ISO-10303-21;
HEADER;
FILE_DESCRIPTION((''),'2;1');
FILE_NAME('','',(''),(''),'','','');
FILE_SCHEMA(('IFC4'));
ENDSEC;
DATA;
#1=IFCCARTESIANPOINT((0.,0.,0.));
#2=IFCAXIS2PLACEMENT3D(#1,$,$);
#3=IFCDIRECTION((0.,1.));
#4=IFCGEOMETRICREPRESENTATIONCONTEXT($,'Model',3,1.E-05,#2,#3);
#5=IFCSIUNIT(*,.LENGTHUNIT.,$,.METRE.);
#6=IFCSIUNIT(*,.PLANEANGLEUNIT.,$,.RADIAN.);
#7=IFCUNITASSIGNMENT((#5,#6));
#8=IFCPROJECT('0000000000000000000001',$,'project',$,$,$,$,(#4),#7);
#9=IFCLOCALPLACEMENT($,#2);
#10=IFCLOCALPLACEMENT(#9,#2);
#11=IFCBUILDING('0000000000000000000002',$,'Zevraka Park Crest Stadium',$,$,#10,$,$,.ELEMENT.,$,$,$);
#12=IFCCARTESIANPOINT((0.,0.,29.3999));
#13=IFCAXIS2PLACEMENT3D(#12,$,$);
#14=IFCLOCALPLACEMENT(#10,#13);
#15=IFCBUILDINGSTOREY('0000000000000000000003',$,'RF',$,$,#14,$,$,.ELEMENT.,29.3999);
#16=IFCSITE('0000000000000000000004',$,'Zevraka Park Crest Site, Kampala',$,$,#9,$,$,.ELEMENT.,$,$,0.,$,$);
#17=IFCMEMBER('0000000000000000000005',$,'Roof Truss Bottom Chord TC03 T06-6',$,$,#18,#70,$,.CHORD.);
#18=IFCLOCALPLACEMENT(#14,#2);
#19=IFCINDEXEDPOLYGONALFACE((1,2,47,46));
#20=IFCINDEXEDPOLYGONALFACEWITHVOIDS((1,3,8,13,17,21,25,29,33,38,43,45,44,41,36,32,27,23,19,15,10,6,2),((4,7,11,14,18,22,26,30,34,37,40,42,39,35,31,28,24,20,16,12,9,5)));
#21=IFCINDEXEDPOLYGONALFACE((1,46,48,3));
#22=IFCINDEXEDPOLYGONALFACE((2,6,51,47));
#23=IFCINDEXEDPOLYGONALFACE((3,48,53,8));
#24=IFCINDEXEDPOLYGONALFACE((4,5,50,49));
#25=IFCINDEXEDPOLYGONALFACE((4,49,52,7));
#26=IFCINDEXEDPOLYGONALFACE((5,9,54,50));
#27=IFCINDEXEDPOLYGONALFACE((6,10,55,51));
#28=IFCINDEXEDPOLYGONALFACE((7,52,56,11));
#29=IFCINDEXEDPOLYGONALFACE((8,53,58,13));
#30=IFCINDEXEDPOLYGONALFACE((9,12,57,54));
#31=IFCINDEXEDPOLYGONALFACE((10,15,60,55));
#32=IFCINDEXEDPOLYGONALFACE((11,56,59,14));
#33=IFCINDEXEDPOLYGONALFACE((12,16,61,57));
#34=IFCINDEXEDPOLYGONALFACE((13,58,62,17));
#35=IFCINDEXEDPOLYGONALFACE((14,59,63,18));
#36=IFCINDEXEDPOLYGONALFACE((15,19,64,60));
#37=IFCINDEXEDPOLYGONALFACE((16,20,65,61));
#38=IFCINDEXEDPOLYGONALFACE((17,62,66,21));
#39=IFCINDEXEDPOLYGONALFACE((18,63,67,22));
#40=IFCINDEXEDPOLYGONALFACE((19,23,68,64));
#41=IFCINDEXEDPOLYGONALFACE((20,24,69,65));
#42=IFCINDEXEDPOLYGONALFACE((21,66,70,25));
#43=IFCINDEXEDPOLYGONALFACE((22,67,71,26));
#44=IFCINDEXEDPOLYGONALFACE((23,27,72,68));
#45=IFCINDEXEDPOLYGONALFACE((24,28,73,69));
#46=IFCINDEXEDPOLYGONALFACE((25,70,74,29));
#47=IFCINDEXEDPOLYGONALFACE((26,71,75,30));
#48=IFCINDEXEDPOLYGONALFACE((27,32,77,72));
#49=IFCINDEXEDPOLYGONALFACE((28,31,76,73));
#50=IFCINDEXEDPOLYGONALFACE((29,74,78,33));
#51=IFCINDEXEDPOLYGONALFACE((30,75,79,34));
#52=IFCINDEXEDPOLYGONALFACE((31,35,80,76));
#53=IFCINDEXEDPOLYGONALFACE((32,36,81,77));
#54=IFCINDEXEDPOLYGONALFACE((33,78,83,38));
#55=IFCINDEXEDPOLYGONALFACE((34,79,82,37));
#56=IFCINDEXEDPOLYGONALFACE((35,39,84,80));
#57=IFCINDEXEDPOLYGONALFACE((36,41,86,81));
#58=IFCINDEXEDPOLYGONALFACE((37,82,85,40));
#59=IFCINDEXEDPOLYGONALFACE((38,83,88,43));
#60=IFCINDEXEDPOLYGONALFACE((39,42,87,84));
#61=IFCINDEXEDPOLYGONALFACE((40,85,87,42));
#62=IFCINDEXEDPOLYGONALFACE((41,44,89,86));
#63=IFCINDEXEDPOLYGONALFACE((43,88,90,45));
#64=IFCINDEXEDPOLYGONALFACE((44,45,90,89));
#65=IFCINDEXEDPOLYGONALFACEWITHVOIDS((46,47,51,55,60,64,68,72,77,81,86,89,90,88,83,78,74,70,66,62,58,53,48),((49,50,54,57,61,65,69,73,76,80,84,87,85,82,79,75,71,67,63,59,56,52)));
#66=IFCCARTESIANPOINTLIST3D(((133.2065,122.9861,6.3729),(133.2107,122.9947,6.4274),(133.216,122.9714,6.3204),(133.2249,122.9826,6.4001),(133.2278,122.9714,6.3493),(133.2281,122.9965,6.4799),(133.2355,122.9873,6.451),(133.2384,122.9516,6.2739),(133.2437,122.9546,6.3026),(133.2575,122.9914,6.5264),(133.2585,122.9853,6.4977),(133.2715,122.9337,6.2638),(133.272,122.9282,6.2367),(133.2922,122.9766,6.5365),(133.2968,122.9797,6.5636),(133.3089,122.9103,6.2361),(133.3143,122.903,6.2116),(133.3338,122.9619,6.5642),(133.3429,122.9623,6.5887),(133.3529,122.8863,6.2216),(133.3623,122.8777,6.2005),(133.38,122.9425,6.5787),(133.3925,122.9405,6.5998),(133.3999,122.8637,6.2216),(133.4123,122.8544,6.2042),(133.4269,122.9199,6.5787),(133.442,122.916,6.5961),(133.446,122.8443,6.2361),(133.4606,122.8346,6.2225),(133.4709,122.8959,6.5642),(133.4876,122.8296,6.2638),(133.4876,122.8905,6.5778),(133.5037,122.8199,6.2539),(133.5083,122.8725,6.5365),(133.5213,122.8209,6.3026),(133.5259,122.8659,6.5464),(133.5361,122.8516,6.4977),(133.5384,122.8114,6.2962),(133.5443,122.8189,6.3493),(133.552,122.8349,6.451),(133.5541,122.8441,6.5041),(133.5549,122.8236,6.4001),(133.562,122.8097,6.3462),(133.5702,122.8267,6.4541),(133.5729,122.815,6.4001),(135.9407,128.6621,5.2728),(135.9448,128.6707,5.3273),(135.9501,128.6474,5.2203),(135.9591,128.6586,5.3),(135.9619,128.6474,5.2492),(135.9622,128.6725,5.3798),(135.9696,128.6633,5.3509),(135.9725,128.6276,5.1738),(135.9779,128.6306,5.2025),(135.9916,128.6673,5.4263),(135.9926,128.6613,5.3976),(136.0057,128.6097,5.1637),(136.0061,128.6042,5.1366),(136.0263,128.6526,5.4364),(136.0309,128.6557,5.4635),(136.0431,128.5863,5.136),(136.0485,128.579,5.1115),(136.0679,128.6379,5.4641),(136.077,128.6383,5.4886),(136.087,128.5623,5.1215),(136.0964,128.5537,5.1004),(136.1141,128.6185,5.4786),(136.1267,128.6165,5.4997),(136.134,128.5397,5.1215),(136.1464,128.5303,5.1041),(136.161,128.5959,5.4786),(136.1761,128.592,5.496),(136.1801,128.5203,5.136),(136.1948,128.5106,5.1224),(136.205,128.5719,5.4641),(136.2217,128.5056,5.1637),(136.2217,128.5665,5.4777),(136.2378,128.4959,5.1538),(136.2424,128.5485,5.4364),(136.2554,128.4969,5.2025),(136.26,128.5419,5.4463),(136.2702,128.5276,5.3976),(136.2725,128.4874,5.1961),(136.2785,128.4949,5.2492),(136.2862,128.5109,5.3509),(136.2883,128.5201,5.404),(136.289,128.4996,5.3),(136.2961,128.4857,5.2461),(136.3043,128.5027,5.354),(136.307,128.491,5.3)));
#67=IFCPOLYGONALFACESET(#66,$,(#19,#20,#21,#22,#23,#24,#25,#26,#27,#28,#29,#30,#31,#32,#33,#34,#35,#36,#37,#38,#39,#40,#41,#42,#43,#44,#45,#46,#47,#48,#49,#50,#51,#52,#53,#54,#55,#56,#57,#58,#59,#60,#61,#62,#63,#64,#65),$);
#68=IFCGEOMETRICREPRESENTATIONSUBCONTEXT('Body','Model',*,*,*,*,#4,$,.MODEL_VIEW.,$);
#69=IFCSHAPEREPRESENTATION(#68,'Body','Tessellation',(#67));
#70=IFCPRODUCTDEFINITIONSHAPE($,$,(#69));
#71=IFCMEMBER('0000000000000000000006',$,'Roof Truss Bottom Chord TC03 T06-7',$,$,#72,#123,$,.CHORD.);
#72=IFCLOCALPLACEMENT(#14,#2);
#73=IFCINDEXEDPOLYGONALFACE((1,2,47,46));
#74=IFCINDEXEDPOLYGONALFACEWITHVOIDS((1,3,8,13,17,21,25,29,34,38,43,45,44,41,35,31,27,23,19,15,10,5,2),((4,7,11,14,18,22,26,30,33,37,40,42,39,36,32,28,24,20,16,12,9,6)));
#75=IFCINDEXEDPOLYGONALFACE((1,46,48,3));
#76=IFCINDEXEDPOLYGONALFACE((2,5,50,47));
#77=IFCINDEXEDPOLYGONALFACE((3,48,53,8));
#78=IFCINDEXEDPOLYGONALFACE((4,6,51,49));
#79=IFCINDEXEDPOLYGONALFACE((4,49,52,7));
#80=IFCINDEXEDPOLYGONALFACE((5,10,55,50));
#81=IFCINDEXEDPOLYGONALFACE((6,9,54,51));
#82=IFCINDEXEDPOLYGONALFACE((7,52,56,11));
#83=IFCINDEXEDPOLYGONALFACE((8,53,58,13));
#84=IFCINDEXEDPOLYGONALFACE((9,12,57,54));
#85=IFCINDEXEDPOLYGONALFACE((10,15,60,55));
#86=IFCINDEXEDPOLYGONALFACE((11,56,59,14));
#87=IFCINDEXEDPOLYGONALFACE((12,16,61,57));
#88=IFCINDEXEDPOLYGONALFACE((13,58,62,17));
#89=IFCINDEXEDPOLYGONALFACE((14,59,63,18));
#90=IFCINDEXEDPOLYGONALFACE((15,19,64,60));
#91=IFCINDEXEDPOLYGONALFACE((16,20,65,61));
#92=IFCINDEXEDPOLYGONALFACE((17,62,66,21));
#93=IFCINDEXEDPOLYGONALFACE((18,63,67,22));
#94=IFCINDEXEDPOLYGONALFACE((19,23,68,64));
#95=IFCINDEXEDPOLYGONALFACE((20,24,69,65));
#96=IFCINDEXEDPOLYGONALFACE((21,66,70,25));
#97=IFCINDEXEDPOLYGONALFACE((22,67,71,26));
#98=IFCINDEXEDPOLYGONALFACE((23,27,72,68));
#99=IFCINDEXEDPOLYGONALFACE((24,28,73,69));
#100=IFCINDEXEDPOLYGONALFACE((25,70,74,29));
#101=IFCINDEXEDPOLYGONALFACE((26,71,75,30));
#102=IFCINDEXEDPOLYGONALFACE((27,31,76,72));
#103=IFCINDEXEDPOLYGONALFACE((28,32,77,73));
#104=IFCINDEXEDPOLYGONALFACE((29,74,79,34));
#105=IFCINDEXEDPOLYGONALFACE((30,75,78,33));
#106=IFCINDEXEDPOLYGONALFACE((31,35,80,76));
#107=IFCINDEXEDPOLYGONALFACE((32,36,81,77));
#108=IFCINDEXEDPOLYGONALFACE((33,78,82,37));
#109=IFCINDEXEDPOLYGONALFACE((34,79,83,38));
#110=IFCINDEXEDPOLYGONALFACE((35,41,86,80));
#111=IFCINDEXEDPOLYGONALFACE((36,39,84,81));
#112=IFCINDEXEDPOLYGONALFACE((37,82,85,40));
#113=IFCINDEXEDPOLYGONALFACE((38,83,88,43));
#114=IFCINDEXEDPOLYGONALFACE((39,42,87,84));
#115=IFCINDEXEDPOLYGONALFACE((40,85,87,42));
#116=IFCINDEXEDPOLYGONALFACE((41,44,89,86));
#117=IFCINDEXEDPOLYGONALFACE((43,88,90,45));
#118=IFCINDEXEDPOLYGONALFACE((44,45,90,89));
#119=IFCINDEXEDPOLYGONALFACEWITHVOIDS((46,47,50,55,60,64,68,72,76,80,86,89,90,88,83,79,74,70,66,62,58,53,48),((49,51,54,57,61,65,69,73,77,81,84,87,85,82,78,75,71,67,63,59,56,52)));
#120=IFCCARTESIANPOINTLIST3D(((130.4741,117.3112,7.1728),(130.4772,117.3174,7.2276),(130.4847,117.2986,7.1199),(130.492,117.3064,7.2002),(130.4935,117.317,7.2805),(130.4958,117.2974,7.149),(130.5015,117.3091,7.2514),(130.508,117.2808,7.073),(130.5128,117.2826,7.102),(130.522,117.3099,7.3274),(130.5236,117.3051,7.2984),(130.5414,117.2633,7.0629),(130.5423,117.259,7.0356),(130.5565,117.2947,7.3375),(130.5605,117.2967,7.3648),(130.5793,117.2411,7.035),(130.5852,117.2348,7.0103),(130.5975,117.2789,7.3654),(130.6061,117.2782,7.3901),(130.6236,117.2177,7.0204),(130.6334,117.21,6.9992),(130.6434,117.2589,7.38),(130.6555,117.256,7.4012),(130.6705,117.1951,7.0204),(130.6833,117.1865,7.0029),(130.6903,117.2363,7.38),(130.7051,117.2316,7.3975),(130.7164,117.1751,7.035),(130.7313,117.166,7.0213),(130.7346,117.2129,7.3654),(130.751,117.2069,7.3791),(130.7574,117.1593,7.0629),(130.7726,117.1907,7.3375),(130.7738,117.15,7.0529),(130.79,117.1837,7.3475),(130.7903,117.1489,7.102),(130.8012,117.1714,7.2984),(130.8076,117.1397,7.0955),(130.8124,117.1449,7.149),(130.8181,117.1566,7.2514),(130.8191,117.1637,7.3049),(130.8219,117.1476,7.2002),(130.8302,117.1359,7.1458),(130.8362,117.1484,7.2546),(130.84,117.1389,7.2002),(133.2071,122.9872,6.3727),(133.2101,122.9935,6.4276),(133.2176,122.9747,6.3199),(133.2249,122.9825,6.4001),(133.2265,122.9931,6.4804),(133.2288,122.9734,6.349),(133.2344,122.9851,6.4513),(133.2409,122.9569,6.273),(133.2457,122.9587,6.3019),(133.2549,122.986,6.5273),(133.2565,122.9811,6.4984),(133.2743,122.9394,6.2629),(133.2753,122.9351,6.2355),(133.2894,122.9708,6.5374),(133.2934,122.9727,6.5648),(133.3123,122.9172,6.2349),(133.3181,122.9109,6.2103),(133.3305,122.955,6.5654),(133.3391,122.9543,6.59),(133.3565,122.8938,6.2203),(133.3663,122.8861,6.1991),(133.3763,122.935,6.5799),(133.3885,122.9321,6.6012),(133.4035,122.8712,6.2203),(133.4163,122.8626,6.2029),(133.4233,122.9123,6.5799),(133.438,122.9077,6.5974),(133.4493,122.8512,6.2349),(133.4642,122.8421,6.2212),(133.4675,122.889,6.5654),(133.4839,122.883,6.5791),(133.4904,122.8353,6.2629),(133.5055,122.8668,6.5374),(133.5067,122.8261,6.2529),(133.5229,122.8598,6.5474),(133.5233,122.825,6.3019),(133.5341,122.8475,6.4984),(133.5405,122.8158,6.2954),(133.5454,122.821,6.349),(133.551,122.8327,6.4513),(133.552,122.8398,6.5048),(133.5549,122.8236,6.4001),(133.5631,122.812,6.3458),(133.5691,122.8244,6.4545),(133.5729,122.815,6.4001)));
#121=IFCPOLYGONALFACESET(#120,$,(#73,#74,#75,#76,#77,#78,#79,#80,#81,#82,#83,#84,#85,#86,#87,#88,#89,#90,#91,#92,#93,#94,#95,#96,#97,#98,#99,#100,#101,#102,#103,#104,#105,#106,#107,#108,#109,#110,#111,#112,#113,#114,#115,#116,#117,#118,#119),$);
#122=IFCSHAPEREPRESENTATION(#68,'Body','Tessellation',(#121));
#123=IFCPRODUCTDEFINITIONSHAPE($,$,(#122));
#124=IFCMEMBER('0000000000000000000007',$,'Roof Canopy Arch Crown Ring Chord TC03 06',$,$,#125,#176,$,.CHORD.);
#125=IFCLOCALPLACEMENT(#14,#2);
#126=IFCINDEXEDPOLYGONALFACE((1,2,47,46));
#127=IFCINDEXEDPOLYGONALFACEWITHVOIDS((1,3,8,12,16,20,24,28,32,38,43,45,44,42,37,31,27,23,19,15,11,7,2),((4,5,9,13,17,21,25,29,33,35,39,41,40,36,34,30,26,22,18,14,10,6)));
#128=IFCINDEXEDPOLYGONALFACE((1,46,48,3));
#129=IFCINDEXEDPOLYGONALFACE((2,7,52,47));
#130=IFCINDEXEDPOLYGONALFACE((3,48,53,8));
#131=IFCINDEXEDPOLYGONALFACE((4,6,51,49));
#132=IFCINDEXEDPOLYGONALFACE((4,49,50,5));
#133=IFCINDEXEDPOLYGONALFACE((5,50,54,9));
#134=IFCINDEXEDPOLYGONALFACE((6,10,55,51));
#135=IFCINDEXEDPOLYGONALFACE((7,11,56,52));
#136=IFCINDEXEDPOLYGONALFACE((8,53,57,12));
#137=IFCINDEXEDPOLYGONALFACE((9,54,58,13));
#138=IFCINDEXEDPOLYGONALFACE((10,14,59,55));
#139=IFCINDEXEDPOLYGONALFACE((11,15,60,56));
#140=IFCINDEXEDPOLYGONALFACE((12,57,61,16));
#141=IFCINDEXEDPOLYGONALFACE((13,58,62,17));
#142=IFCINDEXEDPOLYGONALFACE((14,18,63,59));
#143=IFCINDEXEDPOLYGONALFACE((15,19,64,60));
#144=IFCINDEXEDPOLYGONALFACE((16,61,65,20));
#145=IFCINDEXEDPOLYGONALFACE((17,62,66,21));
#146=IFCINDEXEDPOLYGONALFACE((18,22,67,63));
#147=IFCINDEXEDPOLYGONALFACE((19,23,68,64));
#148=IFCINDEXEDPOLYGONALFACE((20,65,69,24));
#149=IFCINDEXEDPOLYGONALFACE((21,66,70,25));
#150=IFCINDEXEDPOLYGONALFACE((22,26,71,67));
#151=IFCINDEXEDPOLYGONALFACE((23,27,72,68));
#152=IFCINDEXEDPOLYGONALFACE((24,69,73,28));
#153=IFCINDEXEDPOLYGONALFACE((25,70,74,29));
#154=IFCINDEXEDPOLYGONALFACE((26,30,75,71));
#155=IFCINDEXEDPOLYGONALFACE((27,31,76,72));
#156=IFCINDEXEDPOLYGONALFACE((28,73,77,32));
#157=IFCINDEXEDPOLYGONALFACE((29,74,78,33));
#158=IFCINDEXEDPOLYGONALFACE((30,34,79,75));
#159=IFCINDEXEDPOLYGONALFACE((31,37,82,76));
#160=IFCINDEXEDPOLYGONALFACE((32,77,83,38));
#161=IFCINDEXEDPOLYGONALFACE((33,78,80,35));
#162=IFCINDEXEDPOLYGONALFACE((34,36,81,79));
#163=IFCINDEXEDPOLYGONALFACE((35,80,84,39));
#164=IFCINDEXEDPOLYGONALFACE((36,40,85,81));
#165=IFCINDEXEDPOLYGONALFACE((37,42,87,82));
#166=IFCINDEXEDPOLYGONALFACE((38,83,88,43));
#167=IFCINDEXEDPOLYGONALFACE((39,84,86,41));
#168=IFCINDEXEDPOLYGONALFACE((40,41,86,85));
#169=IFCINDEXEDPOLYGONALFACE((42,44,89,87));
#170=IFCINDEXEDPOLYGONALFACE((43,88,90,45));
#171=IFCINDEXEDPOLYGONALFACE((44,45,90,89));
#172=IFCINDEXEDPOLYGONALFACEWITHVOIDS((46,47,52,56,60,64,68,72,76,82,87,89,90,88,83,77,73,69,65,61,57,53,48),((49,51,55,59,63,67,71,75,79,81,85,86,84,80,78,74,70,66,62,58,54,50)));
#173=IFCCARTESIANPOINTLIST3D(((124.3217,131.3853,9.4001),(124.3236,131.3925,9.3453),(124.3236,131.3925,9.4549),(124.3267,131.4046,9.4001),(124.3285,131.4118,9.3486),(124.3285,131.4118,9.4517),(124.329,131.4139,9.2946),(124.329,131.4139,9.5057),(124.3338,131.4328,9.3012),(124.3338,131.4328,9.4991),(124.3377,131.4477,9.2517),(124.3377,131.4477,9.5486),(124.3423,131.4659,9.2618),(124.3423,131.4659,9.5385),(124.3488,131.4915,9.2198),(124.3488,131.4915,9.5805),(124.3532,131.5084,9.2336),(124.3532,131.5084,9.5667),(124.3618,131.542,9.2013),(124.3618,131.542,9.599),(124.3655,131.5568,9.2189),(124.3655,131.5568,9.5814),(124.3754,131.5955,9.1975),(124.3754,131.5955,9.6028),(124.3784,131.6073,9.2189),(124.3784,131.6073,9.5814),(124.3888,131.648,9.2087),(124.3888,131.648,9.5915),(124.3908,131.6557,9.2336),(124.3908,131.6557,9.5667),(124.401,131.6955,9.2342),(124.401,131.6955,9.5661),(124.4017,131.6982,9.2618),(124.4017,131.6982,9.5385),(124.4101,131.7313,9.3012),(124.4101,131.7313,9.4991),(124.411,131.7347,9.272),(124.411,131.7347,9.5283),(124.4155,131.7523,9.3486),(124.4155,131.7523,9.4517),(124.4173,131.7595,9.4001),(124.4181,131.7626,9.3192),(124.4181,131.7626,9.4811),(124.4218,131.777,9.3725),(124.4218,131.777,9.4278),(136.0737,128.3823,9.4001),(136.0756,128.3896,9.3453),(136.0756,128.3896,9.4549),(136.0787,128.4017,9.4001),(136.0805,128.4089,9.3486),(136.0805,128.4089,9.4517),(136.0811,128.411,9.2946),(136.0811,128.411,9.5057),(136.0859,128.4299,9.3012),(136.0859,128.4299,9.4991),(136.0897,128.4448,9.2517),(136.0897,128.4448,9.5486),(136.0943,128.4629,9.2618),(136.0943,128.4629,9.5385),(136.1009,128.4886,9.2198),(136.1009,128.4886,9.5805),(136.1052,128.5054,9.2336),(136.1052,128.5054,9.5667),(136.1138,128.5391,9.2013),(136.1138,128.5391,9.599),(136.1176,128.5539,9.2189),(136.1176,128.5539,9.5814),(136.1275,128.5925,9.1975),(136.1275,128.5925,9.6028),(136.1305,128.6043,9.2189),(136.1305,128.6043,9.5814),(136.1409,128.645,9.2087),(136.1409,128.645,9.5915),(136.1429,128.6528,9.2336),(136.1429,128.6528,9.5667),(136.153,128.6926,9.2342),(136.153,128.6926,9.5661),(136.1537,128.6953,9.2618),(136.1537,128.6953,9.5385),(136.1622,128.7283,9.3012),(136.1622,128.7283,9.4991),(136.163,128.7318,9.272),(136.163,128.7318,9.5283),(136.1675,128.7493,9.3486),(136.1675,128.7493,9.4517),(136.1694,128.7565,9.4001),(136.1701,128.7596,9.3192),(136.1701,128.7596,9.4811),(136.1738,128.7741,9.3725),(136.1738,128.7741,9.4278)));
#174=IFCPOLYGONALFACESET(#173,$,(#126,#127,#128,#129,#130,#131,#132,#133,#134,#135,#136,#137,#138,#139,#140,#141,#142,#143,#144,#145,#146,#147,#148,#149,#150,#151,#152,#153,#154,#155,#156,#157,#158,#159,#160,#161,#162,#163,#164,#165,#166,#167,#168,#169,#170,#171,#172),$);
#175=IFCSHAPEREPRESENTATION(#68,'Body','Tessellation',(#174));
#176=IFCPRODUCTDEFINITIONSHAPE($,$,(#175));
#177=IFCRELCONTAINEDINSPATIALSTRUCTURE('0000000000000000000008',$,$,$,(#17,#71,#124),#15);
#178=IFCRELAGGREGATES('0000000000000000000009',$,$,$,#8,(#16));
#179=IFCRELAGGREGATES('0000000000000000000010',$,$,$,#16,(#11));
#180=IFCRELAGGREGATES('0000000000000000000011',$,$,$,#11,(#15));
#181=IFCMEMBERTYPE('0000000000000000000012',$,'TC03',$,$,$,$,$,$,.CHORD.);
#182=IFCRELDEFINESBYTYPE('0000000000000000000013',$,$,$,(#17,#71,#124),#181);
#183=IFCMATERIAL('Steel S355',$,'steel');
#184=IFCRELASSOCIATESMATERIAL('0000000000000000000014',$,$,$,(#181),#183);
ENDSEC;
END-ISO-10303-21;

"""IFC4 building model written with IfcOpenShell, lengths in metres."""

from ifc_helpers import new_model, si_unit, direction, frame, origin, origin_2d, place, context, subcontext, project, spatial, hollow_circle, extrude, material, material_profile, profile_set, type_object, element, save


model = new_model("IFC4")

# Units and contexts
model_context = context("Model", 3, precision=1e-05, world=origin(), true_north=direction((0.0, 1.0)))
body_context = subcontext(model_context, "Body", "Model", "MODEL_VIEW")
ifc_project = project(units=[si_unit("LENGTHUNIT", "METRE"), si_unit("PLANEANGLEUNIT", "RADIAN")], contexts=[model_context])

# Site, building, storey
site_placement = place(None, origin())
site = spatial("IfcSite", under=ifc_project, at=site_placement, Name="Zevraka Park Crest Site, Kampala", CompositionType="ELEMENT", RefElevation=0.0)
building_placement = place(site_placement, origin())
building = spatial("IfcBuilding", under=site, at=building_placement, Name="Zevraka Park Crest Stadium", CompositionType="ELEMENT")
storey_placement = place(building_placement, frame((0.0, 0.0, 29.3999)))
storey = spatial("IfcBuildingStorey", under=building, at=storey_placement, Name="RF", CompositionType="ELEMENT", Elevation=29.3999)

# Members
ifc_material_1 = material(Name="Steel S355", Category="steel")
ifc_material_profile_1 = material_profile(ifc_material_1, hollow_circle(Radius=0.2031, WallThickness=0.02, at=origin_2d()), Name="CHS 406.4x20")
ifc_profile_set_1 = profile_set([ifc_material_profile_1], Name="Steel S355")
member_type_1 = type_object("IfcMemberType", Name="TC03", PredefinedType="CHORD", material=ifc_profile_set_1)
member_1_placement = place(storey_placement, frame((136.124, 128.5791, 5.3), z_axis=(-0.427506, -0.887497, 0.17201), x_axis=(0.900925, -0.433974, 0.0)))
element("IfcMember", 1, at=member_1_placement, inside=storey, type_object=member_type_1, Name="Roof Truss Bottom Chord TC03 T06-6", PredefinedType="CHORD", context=body_context, shape_type="SweptSolid", body=[
    extrude(hollow_circle(Radius=0.2031, WallThickness=0.02, at=origin_2d()), origin(), (0.0, 0.0, 1.0), 6.3955),
])
member_2_placement = place(storey_placement, frame((133.3899, 122.9031, 6.4001), z_axis=(-0.43036, -0.893822, 0.125986), x_axis=(0.901001, -0.433817, 0.0)))
element("IfcMember", 2, at=member_2_placement, inside=storey, type_object=member_type_1, Name="Roof Truss Bottom Chord TC03 T06-7", PredefinedType="CHORD", context=body_context, shape_type="SweptSolid", body=[
    extrude(hollow_circle(Radius=0.2031, WallThickness=0.02, at=origin_2d()), origin(), (0.0, 0.0, 1.0), 6.3503),
])
member_3_placement = place(storey_placement, frame((136.124, 128.5791, 9.4001), z_axis=(-0.96887, 0.247571, 0.0), x_axis=(-0.247571, -0.96887, 0.0)))
element("IfcMember", 3, at=member_3_placement, inside=storey, type_object=member_type_1, Name="Roof Canopy Arch Crown Ring Chord TC03 06", PredefinedType="CHORD", context=body_context, shape_type="SweptSolid", body=[
    extrude(hollow_circle(Radius=0.2031, WallThickness=0.02, at=origin_2d()), origin(), (0.0, 0.0, 1.0), 12.1296),
])

save(model, "model.ifc")
